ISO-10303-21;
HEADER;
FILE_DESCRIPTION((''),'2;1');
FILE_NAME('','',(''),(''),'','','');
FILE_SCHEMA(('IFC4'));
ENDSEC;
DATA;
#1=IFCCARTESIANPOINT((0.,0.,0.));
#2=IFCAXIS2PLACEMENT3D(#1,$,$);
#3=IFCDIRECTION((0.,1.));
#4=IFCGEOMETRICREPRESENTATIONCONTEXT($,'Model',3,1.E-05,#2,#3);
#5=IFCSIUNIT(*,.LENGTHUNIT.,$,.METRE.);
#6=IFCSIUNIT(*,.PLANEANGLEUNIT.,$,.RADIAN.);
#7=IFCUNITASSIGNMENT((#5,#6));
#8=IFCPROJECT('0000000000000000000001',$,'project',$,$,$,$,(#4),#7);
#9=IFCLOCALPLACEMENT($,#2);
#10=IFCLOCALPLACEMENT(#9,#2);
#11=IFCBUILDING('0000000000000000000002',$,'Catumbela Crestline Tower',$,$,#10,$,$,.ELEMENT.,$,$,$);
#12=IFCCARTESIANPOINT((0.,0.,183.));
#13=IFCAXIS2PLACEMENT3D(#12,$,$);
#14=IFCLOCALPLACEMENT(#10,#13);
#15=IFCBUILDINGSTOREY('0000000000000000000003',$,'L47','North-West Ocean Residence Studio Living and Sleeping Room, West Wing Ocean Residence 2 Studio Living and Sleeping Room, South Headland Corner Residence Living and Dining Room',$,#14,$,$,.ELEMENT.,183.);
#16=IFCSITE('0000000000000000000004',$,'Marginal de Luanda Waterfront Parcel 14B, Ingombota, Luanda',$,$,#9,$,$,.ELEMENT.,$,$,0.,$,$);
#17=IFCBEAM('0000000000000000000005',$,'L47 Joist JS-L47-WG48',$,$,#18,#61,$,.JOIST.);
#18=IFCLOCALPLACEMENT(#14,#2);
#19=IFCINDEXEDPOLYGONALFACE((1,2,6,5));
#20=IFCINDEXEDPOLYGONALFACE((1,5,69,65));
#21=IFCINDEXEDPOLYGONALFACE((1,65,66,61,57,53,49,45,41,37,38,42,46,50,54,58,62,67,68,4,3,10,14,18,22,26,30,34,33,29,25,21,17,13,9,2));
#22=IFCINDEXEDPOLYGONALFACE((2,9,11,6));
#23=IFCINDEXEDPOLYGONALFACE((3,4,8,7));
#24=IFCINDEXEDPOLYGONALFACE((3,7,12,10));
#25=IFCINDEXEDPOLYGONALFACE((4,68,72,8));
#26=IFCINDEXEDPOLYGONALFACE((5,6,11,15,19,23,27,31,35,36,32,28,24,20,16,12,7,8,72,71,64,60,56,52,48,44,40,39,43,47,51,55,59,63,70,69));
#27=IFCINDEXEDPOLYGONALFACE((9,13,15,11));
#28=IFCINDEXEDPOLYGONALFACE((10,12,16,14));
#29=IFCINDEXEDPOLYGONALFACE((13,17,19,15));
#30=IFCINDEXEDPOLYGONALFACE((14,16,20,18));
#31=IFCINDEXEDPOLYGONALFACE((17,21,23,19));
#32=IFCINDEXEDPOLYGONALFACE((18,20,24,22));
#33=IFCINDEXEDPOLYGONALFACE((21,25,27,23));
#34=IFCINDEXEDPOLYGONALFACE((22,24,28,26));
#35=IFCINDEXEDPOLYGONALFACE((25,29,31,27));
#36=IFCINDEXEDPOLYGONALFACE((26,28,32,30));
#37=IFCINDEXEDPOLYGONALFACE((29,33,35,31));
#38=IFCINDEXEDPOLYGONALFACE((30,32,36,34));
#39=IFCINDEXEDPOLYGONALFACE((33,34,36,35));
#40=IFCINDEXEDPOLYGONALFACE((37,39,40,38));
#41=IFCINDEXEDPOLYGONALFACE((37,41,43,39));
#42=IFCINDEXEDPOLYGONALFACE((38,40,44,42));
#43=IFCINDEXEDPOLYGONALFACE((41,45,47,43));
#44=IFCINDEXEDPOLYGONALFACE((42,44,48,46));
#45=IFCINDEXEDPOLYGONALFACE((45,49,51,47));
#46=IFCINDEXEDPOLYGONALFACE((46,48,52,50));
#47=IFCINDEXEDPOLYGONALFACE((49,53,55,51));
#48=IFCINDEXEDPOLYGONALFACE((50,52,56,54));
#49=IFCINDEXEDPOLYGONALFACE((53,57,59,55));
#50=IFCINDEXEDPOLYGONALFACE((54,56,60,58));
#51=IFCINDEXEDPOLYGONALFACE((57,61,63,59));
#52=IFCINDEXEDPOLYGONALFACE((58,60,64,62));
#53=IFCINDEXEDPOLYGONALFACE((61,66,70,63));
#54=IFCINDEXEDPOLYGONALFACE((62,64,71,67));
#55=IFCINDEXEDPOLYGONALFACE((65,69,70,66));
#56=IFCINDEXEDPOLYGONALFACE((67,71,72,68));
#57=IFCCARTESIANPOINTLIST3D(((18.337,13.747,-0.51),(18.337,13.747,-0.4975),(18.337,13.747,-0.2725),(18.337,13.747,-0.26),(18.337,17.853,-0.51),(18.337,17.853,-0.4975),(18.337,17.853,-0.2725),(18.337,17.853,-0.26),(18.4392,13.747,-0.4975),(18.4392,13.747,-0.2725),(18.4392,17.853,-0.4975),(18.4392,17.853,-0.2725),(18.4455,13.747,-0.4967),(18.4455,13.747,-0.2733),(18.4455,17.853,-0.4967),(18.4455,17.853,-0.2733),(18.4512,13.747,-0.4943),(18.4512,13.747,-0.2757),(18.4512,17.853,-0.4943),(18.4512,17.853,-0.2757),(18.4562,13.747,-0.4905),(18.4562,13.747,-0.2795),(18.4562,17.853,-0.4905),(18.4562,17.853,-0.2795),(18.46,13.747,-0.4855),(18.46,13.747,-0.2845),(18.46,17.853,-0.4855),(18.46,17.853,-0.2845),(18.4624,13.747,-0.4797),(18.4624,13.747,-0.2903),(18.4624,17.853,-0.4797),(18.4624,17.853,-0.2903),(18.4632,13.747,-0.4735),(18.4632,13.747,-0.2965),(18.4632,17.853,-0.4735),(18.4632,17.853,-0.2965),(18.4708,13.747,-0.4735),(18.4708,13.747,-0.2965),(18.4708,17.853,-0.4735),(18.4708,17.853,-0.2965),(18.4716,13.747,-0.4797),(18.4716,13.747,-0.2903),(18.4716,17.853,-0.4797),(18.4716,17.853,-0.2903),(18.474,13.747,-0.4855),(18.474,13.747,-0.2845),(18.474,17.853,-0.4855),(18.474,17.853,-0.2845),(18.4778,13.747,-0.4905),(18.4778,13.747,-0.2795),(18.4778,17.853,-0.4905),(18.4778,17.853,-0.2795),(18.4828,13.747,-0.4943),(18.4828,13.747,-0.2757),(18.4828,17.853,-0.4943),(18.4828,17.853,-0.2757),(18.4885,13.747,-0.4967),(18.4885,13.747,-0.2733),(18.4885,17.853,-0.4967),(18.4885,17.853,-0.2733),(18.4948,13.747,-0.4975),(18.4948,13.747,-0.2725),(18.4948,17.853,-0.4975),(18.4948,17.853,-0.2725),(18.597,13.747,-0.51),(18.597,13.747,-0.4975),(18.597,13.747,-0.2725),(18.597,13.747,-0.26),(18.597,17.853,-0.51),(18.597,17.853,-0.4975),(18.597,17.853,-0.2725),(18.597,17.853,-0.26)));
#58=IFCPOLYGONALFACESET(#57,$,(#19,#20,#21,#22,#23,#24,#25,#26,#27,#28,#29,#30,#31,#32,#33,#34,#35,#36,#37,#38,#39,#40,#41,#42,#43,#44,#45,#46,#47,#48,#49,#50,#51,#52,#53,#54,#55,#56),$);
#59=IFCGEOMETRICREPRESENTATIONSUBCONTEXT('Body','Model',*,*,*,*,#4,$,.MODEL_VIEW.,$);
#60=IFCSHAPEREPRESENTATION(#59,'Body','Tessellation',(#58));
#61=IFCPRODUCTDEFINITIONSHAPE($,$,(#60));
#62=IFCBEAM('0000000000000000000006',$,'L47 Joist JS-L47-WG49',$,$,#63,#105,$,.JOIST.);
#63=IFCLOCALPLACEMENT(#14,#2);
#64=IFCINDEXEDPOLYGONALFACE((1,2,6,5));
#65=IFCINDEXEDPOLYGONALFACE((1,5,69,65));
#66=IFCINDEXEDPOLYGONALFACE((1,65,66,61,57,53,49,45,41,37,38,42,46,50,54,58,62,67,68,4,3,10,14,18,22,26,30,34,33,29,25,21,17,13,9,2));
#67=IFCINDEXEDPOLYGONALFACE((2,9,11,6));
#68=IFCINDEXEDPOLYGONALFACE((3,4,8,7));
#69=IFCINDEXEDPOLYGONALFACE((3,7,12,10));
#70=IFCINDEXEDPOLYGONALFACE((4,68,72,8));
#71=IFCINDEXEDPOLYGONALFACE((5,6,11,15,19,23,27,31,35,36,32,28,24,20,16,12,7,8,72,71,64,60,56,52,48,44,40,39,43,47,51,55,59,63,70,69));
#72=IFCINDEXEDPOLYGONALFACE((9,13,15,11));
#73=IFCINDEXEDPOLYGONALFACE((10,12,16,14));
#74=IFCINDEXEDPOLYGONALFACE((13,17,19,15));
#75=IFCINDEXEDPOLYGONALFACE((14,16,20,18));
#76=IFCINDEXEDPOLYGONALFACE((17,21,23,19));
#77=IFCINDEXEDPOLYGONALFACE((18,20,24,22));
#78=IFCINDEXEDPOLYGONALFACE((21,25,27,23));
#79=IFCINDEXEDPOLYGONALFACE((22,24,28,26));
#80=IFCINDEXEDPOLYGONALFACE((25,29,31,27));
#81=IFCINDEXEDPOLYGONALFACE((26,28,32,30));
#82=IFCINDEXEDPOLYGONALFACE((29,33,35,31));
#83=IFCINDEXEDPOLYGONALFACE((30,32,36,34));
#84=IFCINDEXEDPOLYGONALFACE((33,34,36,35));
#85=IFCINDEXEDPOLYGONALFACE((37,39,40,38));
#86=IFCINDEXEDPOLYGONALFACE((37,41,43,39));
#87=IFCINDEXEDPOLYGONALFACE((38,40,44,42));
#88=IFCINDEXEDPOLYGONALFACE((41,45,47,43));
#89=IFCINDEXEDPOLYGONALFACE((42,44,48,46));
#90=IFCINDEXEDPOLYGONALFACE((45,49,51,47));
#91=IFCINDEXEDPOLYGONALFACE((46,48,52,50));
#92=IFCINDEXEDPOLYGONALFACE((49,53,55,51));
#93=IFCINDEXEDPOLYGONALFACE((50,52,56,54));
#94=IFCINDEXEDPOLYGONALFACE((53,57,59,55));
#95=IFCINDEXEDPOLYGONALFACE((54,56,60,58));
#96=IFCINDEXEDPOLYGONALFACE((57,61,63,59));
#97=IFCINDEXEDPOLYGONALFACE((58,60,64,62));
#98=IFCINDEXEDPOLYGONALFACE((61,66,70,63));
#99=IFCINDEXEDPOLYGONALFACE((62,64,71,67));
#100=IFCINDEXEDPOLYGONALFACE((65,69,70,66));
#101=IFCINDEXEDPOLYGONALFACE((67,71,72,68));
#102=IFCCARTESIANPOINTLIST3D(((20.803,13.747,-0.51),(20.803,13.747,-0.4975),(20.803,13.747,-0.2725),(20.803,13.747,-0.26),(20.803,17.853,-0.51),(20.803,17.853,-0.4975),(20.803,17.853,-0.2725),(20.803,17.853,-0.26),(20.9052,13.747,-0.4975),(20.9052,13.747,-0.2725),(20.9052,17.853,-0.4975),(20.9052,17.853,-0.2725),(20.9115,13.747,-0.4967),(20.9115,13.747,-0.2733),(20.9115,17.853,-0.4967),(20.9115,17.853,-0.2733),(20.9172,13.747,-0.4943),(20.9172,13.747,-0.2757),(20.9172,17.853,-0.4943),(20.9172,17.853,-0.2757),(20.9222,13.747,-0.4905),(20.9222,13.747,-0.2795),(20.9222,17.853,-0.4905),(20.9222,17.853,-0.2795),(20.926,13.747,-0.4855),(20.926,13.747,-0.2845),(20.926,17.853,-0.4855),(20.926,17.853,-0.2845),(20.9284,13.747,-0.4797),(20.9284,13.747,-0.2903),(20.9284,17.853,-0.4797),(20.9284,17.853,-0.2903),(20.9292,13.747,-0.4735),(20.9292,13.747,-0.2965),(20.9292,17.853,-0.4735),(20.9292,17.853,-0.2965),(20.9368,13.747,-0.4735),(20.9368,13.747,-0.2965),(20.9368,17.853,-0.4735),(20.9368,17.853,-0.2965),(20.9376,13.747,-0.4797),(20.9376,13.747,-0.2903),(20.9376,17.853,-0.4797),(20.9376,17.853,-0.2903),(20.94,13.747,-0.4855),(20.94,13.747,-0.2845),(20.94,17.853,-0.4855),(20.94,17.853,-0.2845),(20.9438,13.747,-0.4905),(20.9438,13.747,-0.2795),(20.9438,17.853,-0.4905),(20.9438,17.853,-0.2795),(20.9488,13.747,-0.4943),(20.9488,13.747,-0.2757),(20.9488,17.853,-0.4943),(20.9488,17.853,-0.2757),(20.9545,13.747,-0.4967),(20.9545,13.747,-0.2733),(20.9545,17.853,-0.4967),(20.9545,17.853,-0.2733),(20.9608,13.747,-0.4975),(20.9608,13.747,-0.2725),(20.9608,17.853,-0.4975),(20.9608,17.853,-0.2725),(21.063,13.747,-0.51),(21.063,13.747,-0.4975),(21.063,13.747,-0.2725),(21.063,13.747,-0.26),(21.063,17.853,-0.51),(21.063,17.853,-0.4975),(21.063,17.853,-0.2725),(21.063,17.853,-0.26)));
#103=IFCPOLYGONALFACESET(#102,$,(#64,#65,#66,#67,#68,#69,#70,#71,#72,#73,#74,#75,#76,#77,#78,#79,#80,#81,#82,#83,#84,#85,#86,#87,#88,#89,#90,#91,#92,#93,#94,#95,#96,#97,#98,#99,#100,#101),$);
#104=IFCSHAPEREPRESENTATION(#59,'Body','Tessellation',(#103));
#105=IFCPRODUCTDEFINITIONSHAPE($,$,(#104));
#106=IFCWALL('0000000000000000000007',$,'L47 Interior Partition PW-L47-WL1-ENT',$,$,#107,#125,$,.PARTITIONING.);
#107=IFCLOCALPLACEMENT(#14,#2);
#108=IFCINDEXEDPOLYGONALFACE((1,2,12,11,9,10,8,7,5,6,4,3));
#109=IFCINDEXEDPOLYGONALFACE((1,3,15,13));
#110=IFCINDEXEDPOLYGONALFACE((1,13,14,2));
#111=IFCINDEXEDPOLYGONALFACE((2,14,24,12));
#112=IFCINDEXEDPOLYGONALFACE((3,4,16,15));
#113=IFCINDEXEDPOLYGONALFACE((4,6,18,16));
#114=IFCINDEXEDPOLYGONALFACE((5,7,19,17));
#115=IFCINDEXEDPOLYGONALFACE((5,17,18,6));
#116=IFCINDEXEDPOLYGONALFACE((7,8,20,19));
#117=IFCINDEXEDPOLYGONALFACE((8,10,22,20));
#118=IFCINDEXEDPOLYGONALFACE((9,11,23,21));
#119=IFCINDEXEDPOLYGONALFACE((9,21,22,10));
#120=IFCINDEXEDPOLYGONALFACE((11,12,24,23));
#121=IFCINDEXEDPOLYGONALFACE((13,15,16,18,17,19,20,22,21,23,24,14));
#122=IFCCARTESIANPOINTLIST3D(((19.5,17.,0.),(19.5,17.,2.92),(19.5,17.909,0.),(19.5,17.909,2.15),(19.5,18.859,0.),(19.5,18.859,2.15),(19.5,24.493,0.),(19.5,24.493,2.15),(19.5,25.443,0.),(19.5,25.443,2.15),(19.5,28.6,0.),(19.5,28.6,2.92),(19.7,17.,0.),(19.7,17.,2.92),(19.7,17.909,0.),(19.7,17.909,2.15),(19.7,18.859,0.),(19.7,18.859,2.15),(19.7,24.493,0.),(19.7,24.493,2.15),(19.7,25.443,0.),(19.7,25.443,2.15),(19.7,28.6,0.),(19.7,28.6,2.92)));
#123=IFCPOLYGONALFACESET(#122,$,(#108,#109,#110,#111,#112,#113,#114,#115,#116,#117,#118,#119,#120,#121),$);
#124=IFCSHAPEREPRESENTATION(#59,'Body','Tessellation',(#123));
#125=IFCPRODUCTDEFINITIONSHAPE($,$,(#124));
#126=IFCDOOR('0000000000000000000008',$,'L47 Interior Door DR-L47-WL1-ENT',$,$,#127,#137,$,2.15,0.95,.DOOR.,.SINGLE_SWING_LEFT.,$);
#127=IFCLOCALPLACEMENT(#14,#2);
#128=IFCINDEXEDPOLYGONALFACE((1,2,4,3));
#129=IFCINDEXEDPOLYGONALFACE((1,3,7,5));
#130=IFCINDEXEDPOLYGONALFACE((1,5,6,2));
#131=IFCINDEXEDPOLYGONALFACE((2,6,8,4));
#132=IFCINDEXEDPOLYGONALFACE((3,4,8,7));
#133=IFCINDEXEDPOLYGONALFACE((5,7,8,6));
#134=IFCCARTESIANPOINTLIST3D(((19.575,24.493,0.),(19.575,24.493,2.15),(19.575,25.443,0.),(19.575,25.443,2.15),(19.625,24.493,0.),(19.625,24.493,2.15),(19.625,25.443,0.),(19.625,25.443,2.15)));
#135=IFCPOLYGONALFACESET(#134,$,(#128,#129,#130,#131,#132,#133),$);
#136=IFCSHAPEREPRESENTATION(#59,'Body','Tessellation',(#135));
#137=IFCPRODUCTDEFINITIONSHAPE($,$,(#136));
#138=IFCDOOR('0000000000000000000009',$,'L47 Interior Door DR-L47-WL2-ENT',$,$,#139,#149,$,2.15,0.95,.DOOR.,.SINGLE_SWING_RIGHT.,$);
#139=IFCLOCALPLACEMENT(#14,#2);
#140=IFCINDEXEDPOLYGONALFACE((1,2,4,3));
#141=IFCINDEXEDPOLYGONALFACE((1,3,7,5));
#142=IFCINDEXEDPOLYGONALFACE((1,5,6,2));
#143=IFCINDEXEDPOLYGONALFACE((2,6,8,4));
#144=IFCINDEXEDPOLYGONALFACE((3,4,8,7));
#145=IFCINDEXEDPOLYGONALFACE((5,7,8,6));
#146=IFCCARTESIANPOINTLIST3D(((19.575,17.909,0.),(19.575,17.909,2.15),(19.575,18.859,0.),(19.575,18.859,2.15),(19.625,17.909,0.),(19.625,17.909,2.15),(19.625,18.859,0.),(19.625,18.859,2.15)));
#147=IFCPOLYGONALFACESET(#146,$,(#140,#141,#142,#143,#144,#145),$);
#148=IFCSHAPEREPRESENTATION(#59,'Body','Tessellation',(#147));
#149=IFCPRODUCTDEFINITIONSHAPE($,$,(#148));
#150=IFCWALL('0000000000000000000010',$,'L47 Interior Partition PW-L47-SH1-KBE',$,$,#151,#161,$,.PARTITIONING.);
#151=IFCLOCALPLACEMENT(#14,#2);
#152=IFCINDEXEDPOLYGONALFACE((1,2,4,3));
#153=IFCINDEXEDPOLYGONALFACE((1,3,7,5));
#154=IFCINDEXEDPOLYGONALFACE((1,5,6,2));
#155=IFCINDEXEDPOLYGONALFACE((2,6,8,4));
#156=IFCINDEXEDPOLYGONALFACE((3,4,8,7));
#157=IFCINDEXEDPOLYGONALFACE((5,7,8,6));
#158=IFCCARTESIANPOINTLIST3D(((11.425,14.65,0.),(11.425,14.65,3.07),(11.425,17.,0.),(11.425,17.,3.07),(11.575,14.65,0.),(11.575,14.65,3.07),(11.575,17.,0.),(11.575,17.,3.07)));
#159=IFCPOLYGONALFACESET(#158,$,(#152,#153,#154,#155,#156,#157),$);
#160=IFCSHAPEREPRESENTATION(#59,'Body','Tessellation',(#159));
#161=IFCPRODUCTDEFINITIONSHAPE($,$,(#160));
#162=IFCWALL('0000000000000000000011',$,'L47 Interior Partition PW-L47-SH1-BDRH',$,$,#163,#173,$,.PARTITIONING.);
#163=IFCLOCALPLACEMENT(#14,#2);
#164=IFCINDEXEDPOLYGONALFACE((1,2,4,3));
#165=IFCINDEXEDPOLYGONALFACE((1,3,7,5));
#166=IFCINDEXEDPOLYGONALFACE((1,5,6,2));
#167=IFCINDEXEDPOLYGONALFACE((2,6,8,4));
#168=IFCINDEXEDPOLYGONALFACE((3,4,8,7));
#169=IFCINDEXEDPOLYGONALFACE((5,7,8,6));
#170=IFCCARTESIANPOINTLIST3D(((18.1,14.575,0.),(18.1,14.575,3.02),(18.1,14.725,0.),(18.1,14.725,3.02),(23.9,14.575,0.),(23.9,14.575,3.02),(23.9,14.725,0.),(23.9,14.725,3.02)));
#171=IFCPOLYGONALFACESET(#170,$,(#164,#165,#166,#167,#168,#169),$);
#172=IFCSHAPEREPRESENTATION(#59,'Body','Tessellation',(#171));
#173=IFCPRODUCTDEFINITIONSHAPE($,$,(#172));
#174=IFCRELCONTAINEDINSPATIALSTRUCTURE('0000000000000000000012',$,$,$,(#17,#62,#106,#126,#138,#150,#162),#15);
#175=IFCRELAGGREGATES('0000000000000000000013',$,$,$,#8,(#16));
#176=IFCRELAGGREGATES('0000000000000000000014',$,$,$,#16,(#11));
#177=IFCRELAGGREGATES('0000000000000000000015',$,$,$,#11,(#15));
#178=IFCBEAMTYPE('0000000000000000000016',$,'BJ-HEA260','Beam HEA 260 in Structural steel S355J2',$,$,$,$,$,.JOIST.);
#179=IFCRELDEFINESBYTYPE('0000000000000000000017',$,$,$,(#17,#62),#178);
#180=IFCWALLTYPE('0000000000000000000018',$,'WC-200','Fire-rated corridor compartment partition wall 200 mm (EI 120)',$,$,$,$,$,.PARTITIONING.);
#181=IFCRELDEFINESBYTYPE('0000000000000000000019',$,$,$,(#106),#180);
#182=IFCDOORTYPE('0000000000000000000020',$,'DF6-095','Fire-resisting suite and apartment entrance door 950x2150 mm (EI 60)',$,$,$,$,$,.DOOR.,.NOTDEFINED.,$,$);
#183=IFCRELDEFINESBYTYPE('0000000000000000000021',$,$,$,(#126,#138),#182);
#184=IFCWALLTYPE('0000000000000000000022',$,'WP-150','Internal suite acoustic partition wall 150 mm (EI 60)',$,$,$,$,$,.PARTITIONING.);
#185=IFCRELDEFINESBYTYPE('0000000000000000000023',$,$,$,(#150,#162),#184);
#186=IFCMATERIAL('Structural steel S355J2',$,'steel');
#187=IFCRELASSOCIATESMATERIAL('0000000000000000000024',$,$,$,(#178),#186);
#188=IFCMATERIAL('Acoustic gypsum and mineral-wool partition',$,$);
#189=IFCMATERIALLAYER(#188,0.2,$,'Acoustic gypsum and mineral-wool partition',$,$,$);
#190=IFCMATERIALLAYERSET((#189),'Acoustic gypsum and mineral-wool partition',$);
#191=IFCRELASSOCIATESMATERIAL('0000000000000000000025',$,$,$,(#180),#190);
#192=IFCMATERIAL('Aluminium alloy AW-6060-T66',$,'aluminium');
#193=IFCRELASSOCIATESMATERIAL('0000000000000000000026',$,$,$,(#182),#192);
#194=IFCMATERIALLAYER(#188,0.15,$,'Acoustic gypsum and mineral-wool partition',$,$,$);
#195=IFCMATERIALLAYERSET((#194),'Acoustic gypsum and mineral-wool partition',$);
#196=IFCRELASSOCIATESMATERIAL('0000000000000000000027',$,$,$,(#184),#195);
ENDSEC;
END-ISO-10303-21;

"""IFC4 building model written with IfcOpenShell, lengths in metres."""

from ifc_helpers import new_model, si_unit, direction, frame, frame_2d, origin, origin_2d, place, context, subcontext, project, spatial, rectangle, i_section, extrude, material, layer, layer_set, material_profile, profile_set, type_object, element, fill, save


model = new_model("IFC4")

# Units and contexts
model_context = context("Model", 3, precision=1e-05, world=origin(), true_north=direction((0.0, 1.0)))
body_context = subcontext(model_context, "Body", "Model", "MODEL_VIEW")
ifc_project = project(units=[si_unit("LENGTHUNIT", "METRE"), si_unit("PLANEANGLEUNIT", "RADIAN")], contexts=[model_context])

# Site, building, storey
site_placement = place(None, origin())
site = spatial("IfcSite", under=ifc_project, at=site_placement, Name="Marginal de Luanda Waterfront Parcel 14B, Ingombota, Luanda", CompositionType="ELEMENT", RefElevation=0.0)
building_placement = place(site_placement, origin())
building = spatial("IfcBuilding", under=site, at=building_placement, Name="Catumbela Crestline Tower", CompositionType="ELEMENT")
storey_placement = place(building_placement, frame((0.0, 0.0, 183.0)))
storey = spatial("IfcBuildingStorey", under=building, at=storey_placement, Name="L47", Description="North-West Ocean Residence Studio Living and Sleeping Room, West Wing Ocean Residence 2 Studio Living and Sleeping Room, South Headland Corner Residence Living and Dining Room", CompositionType="ELEMENT", Elevation=183.0)

# Shared definitions
ifc_material_1 = material(Name="Structural steel S355J2", Category="steel")

# Beams
ifc_material_profile_1 = material_profile(ifc_material_1, i_section(OverallWidth=0.26, OverallDepth=0.25, WebThickness=0.0075, FlangeThickness=0.0125, FilletRadius=0.024, at=origin_2d()), Name="HEA 260")
ifc_profile_set_1 = profile_set([ifc_material_profile_1], Name="Structural steel S355J2")
beam_type_1 = type_object("IfcBeamType", Name="BJ-HEA260", Description="Beam HEA 260 in Structural steel S355J2", PredefinedType="JOIST", material=ifc_profile_set_1)
for number, where, z_axis, x_axis, name in (
    (1, (18.467, 13.747, -0.385), (0.0, 1.0, 0.0), (-1.0, 0.0, 0.0), "L47 Joist JS-L47-WG48"),
    (2, (20.933, 13.747, -0.385), (0.0, 1.0, 0.0), (-1.0, 0.0, 0.0), "L47 Joist JS-L47-WG49"),
):
    element("IfcBeam", number, at=place(storey_placement, frame(where, z_axis=z_axis, x_axis=x_axis)), inside=storey, type_object=beam_type_1, Name=name, PredefinedType="JOIST", context=body_context, shape_type="SweptSolid", body=[
        extrude(i_section(OverallWidth=0.26, OverallDepth=0.25, WebThickness=0.0075, FlangeThickness=0.0125, FilletRadius=0.024, at=origin_2d()), origin(), (0.0, 0.0, 1.0), 4.106),
    ])

# Wall, openings, doors
ifc_material_2 = material(Name="Acoustic gypsum and mineral-wool partition")
ifc_layer_1 = layer(ifc_material_2, 0.2, Name="Acoustic gypsum and mineral-wool partition")
ifc_layer_set_1 = layer_set([ifc_layer_1], Name="Acoustic gypsum and mineral-wool partition")
wall_type_1 = type_object("IfcWallType", Name="WC-200", Description="Fire-rated corridor compartment partition wall 200 mm (EI 120)", PredefinedType="PARTITIONING", material=ifc_layer_set_1)
wall_1_placement = place(storey_placement, frame((19.6, 17.0, 0.0), z_axis=(0.0, 0.0, 1.0), x_axis=(0.0, 1.0, 0.0)))
wall_1 = element("IfcWall", 3, at=wall_1_placement, inside=storey, type_object=wall_type_1, Name="L47 Interior Partition PW-L47-WL1-ENT", PredefinedType="PARTITIONING", context=body_context, shape_type="SweptSolid", body=[
    extrude(rectangle(XDim=11.6, YDim=0.2, at=frame_2d((5.8, 0.0))), origin(), (0.0, 0.0, 1.0), 2.92),
])
opening_1_placement = place(wall_1_placement, frame((7.493, 0.0, 0.0)))
opening_1 = element("IfcOpeningElement", 4, at=opening_1_placement, cuts=wall_1, PredefinedType="OPENING", context=body_context, shape_type="SweptSolid", body=[
    extrude(rectangle(XDim=0.95, YDim=2.15, at=frame_2d((0.475, 1.075))), frame((0.0, 0.11, 0.0), z_axis=(0.0, -1.0, 0.0), x_axis=(1.0, 0.0, 0.0)), (0.0, 0.0, 1.0), 0.22),
])
opening_2_placement = place(wall_1_placement, frame((0.909, 0.0, 0.0)))
opening_2 = element("IfcOpeningElement", 5, at=opening_2_placement, cuts=wall_1, PredefinedType="OPENING", context=body_context, shape_type="SweptSolid", body=[
    extrude(rectangle(XDim=0.95, YDim=2.15, at=frame_2d((0.475, 1.075))), frame((0.0, 0.11, 0.0), z_axis=(0.0, -1.0, 0.0), x_axis=(1.0, 0.0, 0.0)), (0.0, 0.0, 1.0), 0.22),
])
ifc_material_3 = material(Name="Aluminium alloy AW-6060-T66", Category="aluminium")
door_type = type_object("IfcDoorType", Name="DF6-095", Description="Fire-resisting suite and apartment entrance door 950x2150 mm (EI 60)", OperationType="NOTDEFINED", PredefinedType="DOOR", material=ifc_material_3)
door_1_placement = place(opening_1_placement, origin())
door_1 = element("IfcDoor", 6, at=door_1_placement, inside=storey, type_object=door_type, Name="L47 Interior Door DR-L47-WL1-ENT", OperationType="SINGLE_SWING_LEFT", OverallHeight=2.15, OverallWidth=0.95, PredefinedType="DOOR", context=body_context, shape_type="SweptSolid", body=[
    extrude(rectangle(XDim=0.95, YDim=2.15, at=frame_2d((0.475, 1.075))), frame((0.0, 0.025, 0.0), z_axis=(0.0, -1.0, 0.0), x_axis=(1.0, 0.0, 0.0)), (0.0, 0.0, 1.0), 0.05),
])
fill(opening_1, door_1)
door_2_placement = place(opening_2_placement, origin())
door_2 = element("IfcDoor", 7, at=door_2_placement, inside=storey, type_object=door_type, Name="L47 Interior Door DR-L47-WL2-ENT", OperationType="SINGLE_SWING_RIGHT", OverallHeight=2.15, OverallWidth=0.95, PredefinedType="DOOR", context=body_context, shape_type="SweptSolid", body=[
    extrude(rectangle(XDim=0.95, YDim=2.15, at=frame_2d((0.475, 1.075))), frame((0.0, 0.025, 0.0), z_axis=(0.0, -1.0, 0.0), x_axis=(1.0, 0.0, 0.0)), (0.0, 0.0, 1.0), 0.05),
])
fill(opening_2, door_2)

# Walls
ifc_layer_2 = layer(ifc_material_2, 0.15, Name="Acoustic gypsum and mineral-wool partition")
ifc_layer_set_2 = layer_set([ifc_layer_2], Name="Acoustic gypsum and mineral-wool partition")
wall_type_2 = type_object("IfcWallType", Name="WP-150", Description="Internal suite acoustic partition wall 150 mm (EI 60)", PredefinedType="PARTITIONING", material=ifc_layer_set_2)
wall_2_placement = place(storey_placement, frame((11.5, 14.65, 0.0), z_axis=(0.0, 0.0, 1.0), x_axis=(0.0, 1.0, 0.0)))
element("IfcWall", 8, at=wall_2_placement, inside=storey, type_object=wall_type_2, Name="L47 Interior Partition PW-L47-SH1-KBE", PredefinedType="PARTITIONING", context=body_context, shape_type="SweptSolid", body=[
    extrude(rectangle(XDim=2.35, YDim=0.15, at=frame_2d((1.175, 0.0))), origin(), (0.0, 0.0, 1.0), 3.07),
])
wall_3_placement = place(storey_placement, frame((18.1, 14.65, 0.0), z_axis=(0.0, 0.0, 1.0), x_axis=(1.0, 0.0, 0.0)))
element("IfcWall", 9, at=wall_3_placement, inside=storey, type_object=wall_type_2, Name="L47 Interior Partition PW-L47-SH1-BDRH", PredefinedType="PARTITIONING", context=body_context, shape_type="SweptSolid", body=[
    extrude(rectangle(XDim=5.8, YDim=0.15, at=frame_2d((2.9, 0.0))), origin(), (0.0, 0.0, 1.0), 3.02),
])

save(model, "model.ifc")
